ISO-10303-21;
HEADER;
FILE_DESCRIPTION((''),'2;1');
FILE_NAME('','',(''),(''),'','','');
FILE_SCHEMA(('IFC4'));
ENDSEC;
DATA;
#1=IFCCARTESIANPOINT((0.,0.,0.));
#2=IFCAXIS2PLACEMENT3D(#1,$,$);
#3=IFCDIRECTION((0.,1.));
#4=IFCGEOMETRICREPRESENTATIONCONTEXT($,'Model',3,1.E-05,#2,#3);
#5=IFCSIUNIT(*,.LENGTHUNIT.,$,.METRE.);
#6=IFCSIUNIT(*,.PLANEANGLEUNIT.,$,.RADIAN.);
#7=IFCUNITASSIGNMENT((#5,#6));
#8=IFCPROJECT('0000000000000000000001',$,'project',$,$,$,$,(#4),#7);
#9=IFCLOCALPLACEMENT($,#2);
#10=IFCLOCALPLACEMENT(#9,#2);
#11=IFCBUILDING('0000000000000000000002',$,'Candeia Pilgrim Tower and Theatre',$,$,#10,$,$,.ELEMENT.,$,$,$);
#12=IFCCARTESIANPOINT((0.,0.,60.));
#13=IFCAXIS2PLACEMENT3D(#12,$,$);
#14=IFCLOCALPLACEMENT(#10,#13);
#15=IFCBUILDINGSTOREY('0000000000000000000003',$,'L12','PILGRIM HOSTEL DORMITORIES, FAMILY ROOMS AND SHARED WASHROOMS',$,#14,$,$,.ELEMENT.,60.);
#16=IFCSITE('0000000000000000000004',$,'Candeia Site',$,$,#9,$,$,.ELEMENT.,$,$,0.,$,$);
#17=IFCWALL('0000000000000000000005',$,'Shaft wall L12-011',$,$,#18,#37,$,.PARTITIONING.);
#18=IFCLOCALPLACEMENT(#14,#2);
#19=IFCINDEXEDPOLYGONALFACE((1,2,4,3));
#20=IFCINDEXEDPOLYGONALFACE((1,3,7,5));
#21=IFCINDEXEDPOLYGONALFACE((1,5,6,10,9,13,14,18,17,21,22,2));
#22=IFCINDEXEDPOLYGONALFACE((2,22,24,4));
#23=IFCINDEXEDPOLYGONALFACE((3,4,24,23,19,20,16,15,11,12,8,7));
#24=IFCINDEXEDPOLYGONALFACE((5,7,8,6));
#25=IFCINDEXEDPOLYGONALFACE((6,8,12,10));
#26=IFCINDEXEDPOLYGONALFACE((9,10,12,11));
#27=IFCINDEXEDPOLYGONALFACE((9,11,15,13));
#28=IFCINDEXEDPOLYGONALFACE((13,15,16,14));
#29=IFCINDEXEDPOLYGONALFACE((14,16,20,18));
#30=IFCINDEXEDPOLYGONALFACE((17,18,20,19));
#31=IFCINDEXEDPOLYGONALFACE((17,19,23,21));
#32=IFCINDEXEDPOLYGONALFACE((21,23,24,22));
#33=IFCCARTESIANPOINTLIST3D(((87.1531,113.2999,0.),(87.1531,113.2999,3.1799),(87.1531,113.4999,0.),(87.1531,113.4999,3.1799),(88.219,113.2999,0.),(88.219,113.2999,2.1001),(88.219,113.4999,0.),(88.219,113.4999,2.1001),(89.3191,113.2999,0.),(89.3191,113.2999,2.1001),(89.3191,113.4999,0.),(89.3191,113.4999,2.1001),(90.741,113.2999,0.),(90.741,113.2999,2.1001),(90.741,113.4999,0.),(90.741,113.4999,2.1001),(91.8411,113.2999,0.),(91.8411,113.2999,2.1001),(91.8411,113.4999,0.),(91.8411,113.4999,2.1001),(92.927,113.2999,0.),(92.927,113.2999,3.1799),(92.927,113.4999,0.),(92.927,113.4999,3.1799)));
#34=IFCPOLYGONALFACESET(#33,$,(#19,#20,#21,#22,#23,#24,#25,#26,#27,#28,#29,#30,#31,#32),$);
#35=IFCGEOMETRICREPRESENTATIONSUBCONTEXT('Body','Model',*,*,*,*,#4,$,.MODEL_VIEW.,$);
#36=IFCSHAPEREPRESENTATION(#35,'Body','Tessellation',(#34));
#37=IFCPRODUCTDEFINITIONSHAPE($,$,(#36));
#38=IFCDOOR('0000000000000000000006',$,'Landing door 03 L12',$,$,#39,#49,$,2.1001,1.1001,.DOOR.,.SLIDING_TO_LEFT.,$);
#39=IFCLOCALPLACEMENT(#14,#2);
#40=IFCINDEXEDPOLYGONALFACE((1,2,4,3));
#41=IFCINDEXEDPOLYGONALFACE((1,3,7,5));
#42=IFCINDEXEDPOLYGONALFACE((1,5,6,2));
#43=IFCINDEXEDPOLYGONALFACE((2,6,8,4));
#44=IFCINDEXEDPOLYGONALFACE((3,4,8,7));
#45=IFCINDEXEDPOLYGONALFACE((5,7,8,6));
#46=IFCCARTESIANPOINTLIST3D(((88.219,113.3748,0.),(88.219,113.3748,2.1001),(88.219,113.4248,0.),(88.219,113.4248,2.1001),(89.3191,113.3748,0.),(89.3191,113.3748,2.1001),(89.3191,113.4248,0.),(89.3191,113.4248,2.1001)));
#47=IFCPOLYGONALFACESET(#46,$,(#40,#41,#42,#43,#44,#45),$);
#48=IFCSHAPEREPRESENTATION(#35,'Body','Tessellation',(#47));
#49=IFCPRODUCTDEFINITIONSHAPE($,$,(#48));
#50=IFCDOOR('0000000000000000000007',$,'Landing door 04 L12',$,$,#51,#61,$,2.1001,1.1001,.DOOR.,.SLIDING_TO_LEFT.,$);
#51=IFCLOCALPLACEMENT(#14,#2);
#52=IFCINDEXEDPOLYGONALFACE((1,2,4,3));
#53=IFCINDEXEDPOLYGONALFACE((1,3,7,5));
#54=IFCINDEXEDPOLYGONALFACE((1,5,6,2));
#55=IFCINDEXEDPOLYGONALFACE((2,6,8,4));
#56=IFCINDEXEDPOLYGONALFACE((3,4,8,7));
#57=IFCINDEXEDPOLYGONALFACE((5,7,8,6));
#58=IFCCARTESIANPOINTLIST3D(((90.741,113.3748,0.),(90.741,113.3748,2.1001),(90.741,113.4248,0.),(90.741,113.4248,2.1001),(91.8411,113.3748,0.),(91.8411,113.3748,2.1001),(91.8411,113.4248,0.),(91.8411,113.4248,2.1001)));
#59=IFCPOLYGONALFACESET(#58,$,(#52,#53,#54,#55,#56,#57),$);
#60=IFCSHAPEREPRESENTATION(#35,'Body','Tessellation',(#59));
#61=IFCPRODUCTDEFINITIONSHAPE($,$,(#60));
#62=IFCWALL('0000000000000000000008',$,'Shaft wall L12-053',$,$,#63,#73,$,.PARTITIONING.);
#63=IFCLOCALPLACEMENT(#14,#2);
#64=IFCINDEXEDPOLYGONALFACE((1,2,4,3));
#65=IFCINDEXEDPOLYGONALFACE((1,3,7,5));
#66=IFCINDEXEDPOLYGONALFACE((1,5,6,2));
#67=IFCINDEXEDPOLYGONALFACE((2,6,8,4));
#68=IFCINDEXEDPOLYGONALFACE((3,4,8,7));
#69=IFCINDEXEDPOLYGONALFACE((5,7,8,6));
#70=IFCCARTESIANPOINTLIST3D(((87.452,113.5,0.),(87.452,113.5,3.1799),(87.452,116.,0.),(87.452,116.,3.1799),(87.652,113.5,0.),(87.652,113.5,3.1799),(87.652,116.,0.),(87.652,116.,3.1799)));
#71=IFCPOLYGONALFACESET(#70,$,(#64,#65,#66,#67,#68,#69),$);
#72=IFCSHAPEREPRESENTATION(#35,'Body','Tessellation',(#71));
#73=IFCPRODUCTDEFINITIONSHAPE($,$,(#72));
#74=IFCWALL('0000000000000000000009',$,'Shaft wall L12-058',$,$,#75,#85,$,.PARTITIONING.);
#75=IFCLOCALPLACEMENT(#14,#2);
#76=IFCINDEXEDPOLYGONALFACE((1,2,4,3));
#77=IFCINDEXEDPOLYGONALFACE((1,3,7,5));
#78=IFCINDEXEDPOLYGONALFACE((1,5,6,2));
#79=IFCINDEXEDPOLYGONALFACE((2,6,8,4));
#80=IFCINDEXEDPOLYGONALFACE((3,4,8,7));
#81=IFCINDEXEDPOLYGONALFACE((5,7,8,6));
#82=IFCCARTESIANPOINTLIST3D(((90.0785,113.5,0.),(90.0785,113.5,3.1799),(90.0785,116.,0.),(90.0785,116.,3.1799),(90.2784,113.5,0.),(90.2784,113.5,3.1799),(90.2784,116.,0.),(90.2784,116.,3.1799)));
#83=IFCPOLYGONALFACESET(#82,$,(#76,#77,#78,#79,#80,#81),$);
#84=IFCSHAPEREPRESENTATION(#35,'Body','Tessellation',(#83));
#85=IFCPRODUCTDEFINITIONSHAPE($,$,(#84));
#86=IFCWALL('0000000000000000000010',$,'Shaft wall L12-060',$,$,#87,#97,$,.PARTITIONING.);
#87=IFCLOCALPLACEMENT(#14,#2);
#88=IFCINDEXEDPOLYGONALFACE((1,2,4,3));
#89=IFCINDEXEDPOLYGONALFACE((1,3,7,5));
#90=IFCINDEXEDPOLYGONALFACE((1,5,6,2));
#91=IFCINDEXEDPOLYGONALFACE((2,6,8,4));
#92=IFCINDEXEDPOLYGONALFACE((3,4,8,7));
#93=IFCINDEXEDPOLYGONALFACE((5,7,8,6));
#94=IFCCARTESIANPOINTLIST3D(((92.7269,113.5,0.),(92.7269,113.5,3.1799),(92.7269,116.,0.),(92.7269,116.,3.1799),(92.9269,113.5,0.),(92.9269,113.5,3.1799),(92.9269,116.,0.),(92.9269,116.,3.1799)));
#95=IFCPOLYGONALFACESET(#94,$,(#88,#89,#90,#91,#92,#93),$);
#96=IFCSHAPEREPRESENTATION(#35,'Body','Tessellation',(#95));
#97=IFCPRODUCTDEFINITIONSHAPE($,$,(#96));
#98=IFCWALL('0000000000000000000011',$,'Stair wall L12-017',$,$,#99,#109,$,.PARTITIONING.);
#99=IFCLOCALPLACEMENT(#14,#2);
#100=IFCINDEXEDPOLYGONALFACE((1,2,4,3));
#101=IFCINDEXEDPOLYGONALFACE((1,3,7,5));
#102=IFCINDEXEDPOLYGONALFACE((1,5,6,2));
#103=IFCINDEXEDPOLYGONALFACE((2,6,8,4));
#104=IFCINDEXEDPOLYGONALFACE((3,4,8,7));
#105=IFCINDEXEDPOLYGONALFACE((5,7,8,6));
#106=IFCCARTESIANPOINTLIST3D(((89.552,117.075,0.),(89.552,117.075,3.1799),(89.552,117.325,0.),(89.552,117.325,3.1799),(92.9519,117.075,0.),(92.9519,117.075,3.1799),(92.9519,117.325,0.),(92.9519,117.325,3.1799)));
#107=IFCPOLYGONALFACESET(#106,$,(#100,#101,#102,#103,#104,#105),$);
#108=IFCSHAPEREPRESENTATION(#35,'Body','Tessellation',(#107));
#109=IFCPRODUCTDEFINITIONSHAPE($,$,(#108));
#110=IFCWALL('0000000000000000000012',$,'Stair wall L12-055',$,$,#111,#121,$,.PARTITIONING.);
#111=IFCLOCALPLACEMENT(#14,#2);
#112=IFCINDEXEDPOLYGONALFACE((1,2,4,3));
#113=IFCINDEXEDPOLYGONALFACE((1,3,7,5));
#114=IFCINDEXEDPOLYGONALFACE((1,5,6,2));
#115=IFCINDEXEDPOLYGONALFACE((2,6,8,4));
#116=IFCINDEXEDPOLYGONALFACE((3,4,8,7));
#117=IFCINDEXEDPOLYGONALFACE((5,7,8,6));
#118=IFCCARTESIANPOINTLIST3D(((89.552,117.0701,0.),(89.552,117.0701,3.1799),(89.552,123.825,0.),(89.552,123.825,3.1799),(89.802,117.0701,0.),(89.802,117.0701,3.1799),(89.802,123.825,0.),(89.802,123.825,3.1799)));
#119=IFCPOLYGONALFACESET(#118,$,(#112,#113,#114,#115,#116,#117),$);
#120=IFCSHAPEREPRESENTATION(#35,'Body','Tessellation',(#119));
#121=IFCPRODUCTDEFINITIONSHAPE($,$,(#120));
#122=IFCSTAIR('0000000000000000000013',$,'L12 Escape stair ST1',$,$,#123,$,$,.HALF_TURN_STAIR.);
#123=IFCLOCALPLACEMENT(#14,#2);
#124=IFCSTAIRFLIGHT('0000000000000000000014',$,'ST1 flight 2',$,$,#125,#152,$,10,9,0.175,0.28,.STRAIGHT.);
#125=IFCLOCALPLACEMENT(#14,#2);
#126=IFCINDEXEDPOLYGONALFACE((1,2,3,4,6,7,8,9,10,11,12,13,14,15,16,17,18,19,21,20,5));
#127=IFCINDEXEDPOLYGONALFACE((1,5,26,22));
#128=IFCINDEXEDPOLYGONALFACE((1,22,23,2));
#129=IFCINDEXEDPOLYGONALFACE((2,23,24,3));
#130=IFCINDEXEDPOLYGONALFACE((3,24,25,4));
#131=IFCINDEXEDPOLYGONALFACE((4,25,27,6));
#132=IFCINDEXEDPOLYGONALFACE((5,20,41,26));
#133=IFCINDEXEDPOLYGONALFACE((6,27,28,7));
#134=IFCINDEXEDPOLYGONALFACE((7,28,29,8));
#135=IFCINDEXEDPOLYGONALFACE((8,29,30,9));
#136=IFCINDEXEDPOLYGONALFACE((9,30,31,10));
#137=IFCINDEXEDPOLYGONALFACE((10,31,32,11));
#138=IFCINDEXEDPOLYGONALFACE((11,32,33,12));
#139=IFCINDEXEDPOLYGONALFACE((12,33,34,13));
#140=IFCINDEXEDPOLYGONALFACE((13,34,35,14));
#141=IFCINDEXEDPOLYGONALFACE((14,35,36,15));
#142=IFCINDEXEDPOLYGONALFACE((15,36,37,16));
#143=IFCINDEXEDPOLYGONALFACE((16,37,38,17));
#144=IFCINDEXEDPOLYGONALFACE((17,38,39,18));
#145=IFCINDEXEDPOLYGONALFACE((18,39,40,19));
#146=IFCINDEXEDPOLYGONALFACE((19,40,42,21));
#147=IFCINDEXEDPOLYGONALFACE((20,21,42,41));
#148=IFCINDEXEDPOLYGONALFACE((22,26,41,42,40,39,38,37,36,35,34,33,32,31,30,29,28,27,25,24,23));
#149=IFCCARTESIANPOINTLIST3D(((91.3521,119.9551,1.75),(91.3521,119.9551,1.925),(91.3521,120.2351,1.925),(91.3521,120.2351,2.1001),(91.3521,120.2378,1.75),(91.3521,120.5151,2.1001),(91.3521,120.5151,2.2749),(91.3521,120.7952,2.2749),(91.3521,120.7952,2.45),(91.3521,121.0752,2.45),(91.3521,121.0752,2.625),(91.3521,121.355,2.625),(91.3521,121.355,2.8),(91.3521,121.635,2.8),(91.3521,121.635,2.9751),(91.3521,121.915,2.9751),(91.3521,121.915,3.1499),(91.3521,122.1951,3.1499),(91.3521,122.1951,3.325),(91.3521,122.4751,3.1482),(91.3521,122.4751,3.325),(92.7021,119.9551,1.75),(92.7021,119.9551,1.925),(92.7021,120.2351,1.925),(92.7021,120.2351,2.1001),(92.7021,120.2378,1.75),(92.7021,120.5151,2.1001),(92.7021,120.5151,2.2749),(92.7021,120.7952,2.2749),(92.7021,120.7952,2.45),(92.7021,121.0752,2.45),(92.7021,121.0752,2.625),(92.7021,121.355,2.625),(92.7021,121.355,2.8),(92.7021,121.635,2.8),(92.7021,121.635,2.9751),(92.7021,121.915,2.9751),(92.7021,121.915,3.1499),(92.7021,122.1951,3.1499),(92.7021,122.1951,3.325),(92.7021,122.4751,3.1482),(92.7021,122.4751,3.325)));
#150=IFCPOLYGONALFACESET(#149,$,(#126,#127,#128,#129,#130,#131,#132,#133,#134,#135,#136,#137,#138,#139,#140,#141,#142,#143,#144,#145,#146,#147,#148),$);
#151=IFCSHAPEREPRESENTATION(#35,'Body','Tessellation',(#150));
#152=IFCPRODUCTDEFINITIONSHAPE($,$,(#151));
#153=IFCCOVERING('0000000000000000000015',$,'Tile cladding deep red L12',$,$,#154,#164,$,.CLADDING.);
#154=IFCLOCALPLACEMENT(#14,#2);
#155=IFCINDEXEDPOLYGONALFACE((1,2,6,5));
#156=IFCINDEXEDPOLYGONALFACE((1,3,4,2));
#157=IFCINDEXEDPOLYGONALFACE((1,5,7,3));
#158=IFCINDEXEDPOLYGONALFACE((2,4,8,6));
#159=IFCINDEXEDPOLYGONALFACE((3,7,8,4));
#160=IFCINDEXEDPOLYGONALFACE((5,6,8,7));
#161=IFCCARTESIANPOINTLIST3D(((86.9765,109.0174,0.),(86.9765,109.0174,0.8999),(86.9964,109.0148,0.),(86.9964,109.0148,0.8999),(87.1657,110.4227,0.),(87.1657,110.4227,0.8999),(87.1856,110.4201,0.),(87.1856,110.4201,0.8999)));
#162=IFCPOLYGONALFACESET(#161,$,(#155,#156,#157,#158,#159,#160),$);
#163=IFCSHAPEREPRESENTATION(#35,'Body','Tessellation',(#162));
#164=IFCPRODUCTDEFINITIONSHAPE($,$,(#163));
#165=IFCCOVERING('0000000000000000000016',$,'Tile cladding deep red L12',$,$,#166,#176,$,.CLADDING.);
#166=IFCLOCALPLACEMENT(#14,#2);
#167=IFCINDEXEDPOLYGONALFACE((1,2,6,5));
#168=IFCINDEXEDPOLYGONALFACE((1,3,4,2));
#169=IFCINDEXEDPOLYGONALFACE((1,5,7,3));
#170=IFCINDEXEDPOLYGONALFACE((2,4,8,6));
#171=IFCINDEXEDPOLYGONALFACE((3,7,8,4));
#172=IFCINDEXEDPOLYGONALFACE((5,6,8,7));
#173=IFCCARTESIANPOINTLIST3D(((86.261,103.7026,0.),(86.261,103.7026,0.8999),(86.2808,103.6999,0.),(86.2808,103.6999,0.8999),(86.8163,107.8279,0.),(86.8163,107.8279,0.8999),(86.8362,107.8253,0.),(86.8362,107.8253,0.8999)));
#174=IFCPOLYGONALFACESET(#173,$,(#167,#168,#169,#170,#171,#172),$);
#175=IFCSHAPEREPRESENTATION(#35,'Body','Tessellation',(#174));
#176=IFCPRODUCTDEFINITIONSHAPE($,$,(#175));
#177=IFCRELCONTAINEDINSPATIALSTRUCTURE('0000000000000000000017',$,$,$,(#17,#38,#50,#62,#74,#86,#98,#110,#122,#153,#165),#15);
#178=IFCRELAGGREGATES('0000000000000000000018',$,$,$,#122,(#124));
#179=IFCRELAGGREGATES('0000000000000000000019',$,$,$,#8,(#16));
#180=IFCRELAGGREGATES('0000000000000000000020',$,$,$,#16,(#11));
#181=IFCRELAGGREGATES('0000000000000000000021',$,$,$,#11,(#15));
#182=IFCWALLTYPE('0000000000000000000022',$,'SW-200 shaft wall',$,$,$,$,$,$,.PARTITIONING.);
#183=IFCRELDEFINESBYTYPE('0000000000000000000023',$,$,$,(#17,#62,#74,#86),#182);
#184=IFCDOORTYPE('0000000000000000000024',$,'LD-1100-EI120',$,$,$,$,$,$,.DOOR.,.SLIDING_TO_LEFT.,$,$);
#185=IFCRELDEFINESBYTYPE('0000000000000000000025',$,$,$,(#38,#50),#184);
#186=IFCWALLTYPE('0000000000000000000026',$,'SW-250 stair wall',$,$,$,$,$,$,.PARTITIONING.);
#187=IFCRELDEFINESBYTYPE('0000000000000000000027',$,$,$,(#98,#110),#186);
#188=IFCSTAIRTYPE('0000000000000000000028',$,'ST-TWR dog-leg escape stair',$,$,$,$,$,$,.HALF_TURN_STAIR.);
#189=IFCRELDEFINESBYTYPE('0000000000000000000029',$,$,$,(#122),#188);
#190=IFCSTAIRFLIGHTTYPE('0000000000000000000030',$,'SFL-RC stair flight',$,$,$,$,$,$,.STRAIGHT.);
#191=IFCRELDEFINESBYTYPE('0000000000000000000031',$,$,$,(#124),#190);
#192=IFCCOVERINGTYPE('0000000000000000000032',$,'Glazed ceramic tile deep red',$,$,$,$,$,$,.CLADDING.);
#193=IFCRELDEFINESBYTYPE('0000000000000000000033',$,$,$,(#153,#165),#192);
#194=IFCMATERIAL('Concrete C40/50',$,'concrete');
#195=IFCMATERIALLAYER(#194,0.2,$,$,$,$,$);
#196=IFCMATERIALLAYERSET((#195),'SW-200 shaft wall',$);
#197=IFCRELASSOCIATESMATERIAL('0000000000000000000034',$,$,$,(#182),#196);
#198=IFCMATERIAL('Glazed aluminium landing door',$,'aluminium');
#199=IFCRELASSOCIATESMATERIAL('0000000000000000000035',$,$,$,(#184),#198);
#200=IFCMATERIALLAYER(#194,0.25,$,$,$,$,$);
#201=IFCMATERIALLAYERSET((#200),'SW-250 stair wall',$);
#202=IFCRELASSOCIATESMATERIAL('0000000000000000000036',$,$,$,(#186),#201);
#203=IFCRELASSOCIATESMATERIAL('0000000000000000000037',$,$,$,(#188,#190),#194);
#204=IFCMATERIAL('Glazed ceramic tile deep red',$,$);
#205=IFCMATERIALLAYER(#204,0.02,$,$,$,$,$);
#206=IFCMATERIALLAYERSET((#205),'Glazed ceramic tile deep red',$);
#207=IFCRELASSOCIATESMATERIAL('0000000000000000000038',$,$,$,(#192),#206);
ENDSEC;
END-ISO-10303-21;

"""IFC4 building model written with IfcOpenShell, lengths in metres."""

from ifc_helpers import new_model, si_unit, direction, frame, frame_2d, origin, origin_2d, place, context, subcontext, project, spatial, polyline, rectangle, outline, extrude, material, layer, layer_set, type_object, element, fill, aggregate, save


model = new_model("IFC4")

# Units and contexts
model_context = context("Model", 3, precision=1e-05, world=origin(), true_north=direction((0.0, 1.0)))
body_context = subcontext(model_context, "Body", "Model", "MODEL_VIEW")
ifc_project = project(units=[si_unit("LENGTHUNIT", "METRE"), si_unit("PLANEANGLEUNIT", "RADIAN")], contexts=[model_context])

# Site, building, storey
site_placement = place(None, origin())
site = spatial("IfcSite", under=ifc_project, at=site_placement, Name="Candeia Site", CompositionType="ELEMENT", RefElevation=0.0)
building_placement = place(site_placement, origin())
building = spatial("IfcBuilding", under=site, at=building_placement, Name="Candeia Pilgrim Tower and Theatre", CompositionType="ELEMENT")
storey_placement = place(building_placement, frame((0.0, 0.0, 60.0)))
storey = spatial("IfcBuildingStorey", under=building, at=storey_placement, Name="L12", Description="PILGRIM HOSTEL DORMITORIES, FAMILY ROOMS AND SHARED WASHROOMS", CompositionType="ELEMENT", Elevation=60.0)

# Wall, openings, doors
ifc_material_1 = material(Name="Concrete C40/50", Category="concrete")
ifc_layer_1 = layer(ifc_material_1, 0.2)
ifc_layer_set_1 = layer_set([ifc_layer_1], Name="SW-200 shaft wall")
wall_type_1 = type_object("IfcWallType", Name="SW-200 shaft wall", PredefinedType="PARTITIONING", material=ifc_layer_set_1)
wall_1_placement = place(storey_placement, frame((87.1531, 113.3999, 0.0), z_axis=(0.0, 0.0, 1.0), x_axis=(1.0, 0.0, 0.0)))
wall_1 = element("IfcWall", 1, at=wall_1_placement, inside=storey, type_object=wall_type_1, Name="Shaft wall L12-011", PredefinedType="PARTITIONING", context=body_context, shape_type="SweptSolid", body=[
    extrude(rectangle(XDim=5.7739, YDim=0.2, at=frame_2d((2.887, 0.0))), origin(), (0.0, 0.0, 1.0), 3.1799),
])
opening_1_placement = place(wall_1_placement, frame((1.0659, 0.0, 0.0)))
opening_1 = element("IfcOpeningElement", 2, at=opening_1_placement, cuts=wall_1, PredefinedType="OPENING", context=body_context, shape_type="SweptSolid", body=[
    extrude(rectangle(XDim=1.1001, YDim=2.1001, at=frame_2d((0.55, 1.05))), frame((0.0, 0.1099, 0.0), z_axis=(0.0, -1.0, 0.0), x_axis=(1.0, 0.0, 0.0)), (0.0, 0.0, 1.0), 0.22),
])
opening_2_placement = place(wall_1_placement, frame((3.5879, 0.0, 0.0)))
opening_2 = element("IfcOpeningElement", 3, at=opening_2_placement, cuts=wall_1, PredefinedType="OPENING", context=body_context, shape_type="SweptSolid", body=[
    extrude(rectangle(XDim=1.1001, YDim=2.1001, at=frame_2d((0.55, 1.05))), frame((0.0, 0.1099, 0.0), z_axis=(0.0, -1.0, 0.0), x_axis=(1.0, 0.0, 0.0)), (0.0, 0.0, 1.0), 0.22),
])
ifc_material_2 = material(Name="Glazed aluminium landing door", Category="aluminium")
door_type_1 = type_object("IfcDoorType", Name="LD-1100-EI120", OperationType="SLIDING_TO_LEFT", PredefinedType="DOOR", material=ifc_material_2)
door_1_placement = place(opening_1_placement, origin())
door_1 = element("IfcDoor", 4, at=door_1_placement, inside=storey, type_object=door_type_1, Name="Landing door 03 L12", OperationType="SLIDING_TO_LEFT", OverallHeight=2.1001, OverallWidth=1.1001, PredefinedType="DOOR", context=body_context, shape_type="SweptSolid", body=[
    extrude(rectangle(XDim=1.1001, YDim=2.1001, at=frame_2d((0.55, 1.05))), frame((0.0, 0.0249, 0.0), z_axis=(0.0, -1.0, 0.0), x_axis=(1.0, 0.0, 0.0)), (0.0, 0.0, 1.0), 0.05),
])
fill(opening_1, door_1)
door_2_placement = place(opening_2_placement, origin())
door_2 = element("IfcDoor", 5, at=door_2_placement, inside=storey, type_object=door_type_1, Name="Landing door 04 L12", OperationType="SLIDING_TO_LEFT", OverallHeight=2.1001, OverallWidth=1.1001, PredefinedType="DOOR", context=body_context, shape_type="SweptSolid", body=[
    extrude(rectangle(XDim=1.1001, YDim=2.1001, at=frame_2d((0.55, 1.05))), frame((0.0, 0.0249, 0.0), z_axis=(0.0, -1.0, 0.0), x_axis=(1.0, 0.0, 0.0)), (0.0, 0.0, 1.0), 0.05),
])
fill(opening_2, door_2)

# Walls
for number, where, z_axis, x_axis, name in (
    (6, (87.552, 113.5, 0.0), (0.0, 0.0, 1.0), (0.0, 1.0, 0.0), "Shaft wall L12-053"),
    (7, (90.1785, 113.5, 0.0), (0.0, 0.0, 1.0), (0.0, 1.0, 0.0), "Shaft wall L12-058"),
    (8, (92.8269, 113.5, 0.0), (0.0, 0.0, 1.0), (0.0, 1.0, 0.0), "Shaft wall L12-060"),
):
    element("IfcWall", number, at=place(storey_placement, frame(where, z_axis=z_axis, x_axis=x_axis)), inside=storey, type_object=wall_type_1, Name=name, PredefinedType="PARTITIONING", context=body_context, shape_type="SweptSolid", body=[
        extrude(rectangle(XDim=2.5, YDim=0.2, at=frame_2d((1.25, 0.0))), origin(), (0.0, 0.0, 1.0), 3.1799),
    ])
ifc_layer_2 = layer(ifc_material_1, 0.25)
ifc_layer_set_2 = layer_set([ifc_layer_2], Name="SW-250 stair wall")
wall_type_2 = type_object("IfcWallType", Name="SW-250 stair wall", PredefinedType="PARTITIONING", material=ifc_layer_set_2)
wall_2_placement = place(storey_placement, frame((89.552, 117.2, 0.0), z_axis=(0.0, 0.0, 1.0), x_axis=(1.0, 0.0, 0.0)))
element("IfcWall", 9, at=wall_2_placement, inside=storey, type_object=wall_type_2, Name="Stair wall L12-017", PredefinedType="PARTITIONING", context=body_context, shape_type="SweptSolid", body=[
    extrude(rectangle(XDim=3.3999, YDim=0.25, at=frame_2d((1.7, 0.0))), origin(), (0.0, 0.0, 1.0), 3.1799),
])
wall_3_placement = place(storey_placement, frame((89.677, 117.0701, 0.0), z_axis=(0.0, 0.0, 1.0), x_axis=(0.0, 1.0, 0.0)))
element("IfcWall", 10, at=wall_3_placement, inside=storey, type_object=wall_type_2, Name="Stair wall L12-055", PredefinedType="PARTITIONING", context=body_context, shape_type="SweptSolid", body=[
    extrude(rectangle(XDim=6.7549, YDim=0.25, at=frame_2d((3.3774, 0.0))), origin(), (0.0, 0.0, 1.0), 3.1799),
])

# Stair, stair flight
stair_type = type_object("IfcStairType", Name="ST-TWR dog-leg escape stair", PredefinedType="HALF_TURN_STAIR", material=ifc_material_1)
stair_placement = place(storey_placement, origin())
stair = element("IfcStair", 11, at=stair_placement, inside=storey, type_object=stair_type, Name="L12 Escape stair ST1", PredefinedType="HALF_TURN_STAIR")
stair_flight_type = type_object("IfcStairFlightType", Name="SFL-RC stair flight", PredefinedType="STRAIGHT", material=ifc_material_1)
stair_flight_placement = place(storey_placement, frame((92.0271, 119.9551, 1.75), z_axis=(0.0, 0.0, 1.0), x_axis=(0.0, 1.0, 0.0)))
stair_flight = element("IfcStairFlight", 12, at=stair_flight_placement, type_object=stair_flight_type, Name="ST1 flight 2", NumberOfRisers=10, NumberOfTreads=9, PredefinedType="STRAIGHT", RiserHeight=0.175, TreadLength=0.28, context=body_context, shape_type="SweptSolid", body=[
    extrude(outline(polyline([(0.0, 0.0), (0.0, 0.175), (0.28, 0.175), (0.28, 0.3501), (0.5601, 0.3501), (0.5601, 0.5249), (0.8401, 0.5249), (0.8401, 0.7), (1.1201, 0.7), (1.1201, 0.875), (1.3999, 0.875), (1.3999, 1.05), (1.6799, 1.05), (1.6799, 1.2251), (1.96, 1.2251), (1.96, 1.3999), (2.24, 1.3999), (2.24, 1.575), (2.52, 1.575), (2.52, 1.75), (2.52, 1.3982), (0.2827, 0.0), (0.0, 0.0)])), frame((0.0, 0.675, 0.0), z_axis=(0.0, -1.0, 0.0), x_axis=(1.0, 0.0, 0.0)), (0.0, 0.0, 1.0), 1.3501),
])
aggregate(stair, [stair_flight])

# Coverings
ifc_material_3 = material(Name="Glazed ceramic tile deep red")
ifc_layer_3 = layer(ifc_material_3, 0.02)
ifc_layer_set_3 = layer_set([ifc_layer_3], Name="Glazed ceramic tile deep red")
covering_type = type_object("IfcCoveringType", Name="Glazed ceramic tile deep red", PredefinedType="CLADDING", material=ifc_layer_set_3)
covering_1_placement = place(storey_placement, frame((87.0811, 109.7188, 0.0), z_axis=(0.0, 0.0, 1.0), x_axis=(-0.133412, -0.991061, 0.0)))
element("IfcCovering", 13, at=covering_1_placement, inside=storey, type_object=covering_type, Name="Tile cladding deep red L12", PredefinedType="CLADDING", context=body_context, shape_type="SweptSolid", body=[
    extrude(rectangle(XDim=1.418, YDim=0.02, at=origin_2d()), origin(), (0.0, 0.0, 1.0), 0.8999),
])
covering_2_placement = place(storey_placement, frame((86.5486, 105.7639, 0.0), z_axis=(0.0, 0.0, 1.0), x_axis=(-0.133412, -0.991061, 0.0)))
element("IfcCovering", 14, at=covering_2_placement, inside=storey, type_object=covering_type, Name="Tile cladding deep red L12", PredefinedType="CLADDING", context=body_context, shape_type="SweptSolid", body=[
    extrude(rectangle(XDim=4.1626, YDim=0.02, at=origin_2d()), origin(), (0.0, 0.0, 1.0), 0.8999),
])

save(model, "model.ifc")
